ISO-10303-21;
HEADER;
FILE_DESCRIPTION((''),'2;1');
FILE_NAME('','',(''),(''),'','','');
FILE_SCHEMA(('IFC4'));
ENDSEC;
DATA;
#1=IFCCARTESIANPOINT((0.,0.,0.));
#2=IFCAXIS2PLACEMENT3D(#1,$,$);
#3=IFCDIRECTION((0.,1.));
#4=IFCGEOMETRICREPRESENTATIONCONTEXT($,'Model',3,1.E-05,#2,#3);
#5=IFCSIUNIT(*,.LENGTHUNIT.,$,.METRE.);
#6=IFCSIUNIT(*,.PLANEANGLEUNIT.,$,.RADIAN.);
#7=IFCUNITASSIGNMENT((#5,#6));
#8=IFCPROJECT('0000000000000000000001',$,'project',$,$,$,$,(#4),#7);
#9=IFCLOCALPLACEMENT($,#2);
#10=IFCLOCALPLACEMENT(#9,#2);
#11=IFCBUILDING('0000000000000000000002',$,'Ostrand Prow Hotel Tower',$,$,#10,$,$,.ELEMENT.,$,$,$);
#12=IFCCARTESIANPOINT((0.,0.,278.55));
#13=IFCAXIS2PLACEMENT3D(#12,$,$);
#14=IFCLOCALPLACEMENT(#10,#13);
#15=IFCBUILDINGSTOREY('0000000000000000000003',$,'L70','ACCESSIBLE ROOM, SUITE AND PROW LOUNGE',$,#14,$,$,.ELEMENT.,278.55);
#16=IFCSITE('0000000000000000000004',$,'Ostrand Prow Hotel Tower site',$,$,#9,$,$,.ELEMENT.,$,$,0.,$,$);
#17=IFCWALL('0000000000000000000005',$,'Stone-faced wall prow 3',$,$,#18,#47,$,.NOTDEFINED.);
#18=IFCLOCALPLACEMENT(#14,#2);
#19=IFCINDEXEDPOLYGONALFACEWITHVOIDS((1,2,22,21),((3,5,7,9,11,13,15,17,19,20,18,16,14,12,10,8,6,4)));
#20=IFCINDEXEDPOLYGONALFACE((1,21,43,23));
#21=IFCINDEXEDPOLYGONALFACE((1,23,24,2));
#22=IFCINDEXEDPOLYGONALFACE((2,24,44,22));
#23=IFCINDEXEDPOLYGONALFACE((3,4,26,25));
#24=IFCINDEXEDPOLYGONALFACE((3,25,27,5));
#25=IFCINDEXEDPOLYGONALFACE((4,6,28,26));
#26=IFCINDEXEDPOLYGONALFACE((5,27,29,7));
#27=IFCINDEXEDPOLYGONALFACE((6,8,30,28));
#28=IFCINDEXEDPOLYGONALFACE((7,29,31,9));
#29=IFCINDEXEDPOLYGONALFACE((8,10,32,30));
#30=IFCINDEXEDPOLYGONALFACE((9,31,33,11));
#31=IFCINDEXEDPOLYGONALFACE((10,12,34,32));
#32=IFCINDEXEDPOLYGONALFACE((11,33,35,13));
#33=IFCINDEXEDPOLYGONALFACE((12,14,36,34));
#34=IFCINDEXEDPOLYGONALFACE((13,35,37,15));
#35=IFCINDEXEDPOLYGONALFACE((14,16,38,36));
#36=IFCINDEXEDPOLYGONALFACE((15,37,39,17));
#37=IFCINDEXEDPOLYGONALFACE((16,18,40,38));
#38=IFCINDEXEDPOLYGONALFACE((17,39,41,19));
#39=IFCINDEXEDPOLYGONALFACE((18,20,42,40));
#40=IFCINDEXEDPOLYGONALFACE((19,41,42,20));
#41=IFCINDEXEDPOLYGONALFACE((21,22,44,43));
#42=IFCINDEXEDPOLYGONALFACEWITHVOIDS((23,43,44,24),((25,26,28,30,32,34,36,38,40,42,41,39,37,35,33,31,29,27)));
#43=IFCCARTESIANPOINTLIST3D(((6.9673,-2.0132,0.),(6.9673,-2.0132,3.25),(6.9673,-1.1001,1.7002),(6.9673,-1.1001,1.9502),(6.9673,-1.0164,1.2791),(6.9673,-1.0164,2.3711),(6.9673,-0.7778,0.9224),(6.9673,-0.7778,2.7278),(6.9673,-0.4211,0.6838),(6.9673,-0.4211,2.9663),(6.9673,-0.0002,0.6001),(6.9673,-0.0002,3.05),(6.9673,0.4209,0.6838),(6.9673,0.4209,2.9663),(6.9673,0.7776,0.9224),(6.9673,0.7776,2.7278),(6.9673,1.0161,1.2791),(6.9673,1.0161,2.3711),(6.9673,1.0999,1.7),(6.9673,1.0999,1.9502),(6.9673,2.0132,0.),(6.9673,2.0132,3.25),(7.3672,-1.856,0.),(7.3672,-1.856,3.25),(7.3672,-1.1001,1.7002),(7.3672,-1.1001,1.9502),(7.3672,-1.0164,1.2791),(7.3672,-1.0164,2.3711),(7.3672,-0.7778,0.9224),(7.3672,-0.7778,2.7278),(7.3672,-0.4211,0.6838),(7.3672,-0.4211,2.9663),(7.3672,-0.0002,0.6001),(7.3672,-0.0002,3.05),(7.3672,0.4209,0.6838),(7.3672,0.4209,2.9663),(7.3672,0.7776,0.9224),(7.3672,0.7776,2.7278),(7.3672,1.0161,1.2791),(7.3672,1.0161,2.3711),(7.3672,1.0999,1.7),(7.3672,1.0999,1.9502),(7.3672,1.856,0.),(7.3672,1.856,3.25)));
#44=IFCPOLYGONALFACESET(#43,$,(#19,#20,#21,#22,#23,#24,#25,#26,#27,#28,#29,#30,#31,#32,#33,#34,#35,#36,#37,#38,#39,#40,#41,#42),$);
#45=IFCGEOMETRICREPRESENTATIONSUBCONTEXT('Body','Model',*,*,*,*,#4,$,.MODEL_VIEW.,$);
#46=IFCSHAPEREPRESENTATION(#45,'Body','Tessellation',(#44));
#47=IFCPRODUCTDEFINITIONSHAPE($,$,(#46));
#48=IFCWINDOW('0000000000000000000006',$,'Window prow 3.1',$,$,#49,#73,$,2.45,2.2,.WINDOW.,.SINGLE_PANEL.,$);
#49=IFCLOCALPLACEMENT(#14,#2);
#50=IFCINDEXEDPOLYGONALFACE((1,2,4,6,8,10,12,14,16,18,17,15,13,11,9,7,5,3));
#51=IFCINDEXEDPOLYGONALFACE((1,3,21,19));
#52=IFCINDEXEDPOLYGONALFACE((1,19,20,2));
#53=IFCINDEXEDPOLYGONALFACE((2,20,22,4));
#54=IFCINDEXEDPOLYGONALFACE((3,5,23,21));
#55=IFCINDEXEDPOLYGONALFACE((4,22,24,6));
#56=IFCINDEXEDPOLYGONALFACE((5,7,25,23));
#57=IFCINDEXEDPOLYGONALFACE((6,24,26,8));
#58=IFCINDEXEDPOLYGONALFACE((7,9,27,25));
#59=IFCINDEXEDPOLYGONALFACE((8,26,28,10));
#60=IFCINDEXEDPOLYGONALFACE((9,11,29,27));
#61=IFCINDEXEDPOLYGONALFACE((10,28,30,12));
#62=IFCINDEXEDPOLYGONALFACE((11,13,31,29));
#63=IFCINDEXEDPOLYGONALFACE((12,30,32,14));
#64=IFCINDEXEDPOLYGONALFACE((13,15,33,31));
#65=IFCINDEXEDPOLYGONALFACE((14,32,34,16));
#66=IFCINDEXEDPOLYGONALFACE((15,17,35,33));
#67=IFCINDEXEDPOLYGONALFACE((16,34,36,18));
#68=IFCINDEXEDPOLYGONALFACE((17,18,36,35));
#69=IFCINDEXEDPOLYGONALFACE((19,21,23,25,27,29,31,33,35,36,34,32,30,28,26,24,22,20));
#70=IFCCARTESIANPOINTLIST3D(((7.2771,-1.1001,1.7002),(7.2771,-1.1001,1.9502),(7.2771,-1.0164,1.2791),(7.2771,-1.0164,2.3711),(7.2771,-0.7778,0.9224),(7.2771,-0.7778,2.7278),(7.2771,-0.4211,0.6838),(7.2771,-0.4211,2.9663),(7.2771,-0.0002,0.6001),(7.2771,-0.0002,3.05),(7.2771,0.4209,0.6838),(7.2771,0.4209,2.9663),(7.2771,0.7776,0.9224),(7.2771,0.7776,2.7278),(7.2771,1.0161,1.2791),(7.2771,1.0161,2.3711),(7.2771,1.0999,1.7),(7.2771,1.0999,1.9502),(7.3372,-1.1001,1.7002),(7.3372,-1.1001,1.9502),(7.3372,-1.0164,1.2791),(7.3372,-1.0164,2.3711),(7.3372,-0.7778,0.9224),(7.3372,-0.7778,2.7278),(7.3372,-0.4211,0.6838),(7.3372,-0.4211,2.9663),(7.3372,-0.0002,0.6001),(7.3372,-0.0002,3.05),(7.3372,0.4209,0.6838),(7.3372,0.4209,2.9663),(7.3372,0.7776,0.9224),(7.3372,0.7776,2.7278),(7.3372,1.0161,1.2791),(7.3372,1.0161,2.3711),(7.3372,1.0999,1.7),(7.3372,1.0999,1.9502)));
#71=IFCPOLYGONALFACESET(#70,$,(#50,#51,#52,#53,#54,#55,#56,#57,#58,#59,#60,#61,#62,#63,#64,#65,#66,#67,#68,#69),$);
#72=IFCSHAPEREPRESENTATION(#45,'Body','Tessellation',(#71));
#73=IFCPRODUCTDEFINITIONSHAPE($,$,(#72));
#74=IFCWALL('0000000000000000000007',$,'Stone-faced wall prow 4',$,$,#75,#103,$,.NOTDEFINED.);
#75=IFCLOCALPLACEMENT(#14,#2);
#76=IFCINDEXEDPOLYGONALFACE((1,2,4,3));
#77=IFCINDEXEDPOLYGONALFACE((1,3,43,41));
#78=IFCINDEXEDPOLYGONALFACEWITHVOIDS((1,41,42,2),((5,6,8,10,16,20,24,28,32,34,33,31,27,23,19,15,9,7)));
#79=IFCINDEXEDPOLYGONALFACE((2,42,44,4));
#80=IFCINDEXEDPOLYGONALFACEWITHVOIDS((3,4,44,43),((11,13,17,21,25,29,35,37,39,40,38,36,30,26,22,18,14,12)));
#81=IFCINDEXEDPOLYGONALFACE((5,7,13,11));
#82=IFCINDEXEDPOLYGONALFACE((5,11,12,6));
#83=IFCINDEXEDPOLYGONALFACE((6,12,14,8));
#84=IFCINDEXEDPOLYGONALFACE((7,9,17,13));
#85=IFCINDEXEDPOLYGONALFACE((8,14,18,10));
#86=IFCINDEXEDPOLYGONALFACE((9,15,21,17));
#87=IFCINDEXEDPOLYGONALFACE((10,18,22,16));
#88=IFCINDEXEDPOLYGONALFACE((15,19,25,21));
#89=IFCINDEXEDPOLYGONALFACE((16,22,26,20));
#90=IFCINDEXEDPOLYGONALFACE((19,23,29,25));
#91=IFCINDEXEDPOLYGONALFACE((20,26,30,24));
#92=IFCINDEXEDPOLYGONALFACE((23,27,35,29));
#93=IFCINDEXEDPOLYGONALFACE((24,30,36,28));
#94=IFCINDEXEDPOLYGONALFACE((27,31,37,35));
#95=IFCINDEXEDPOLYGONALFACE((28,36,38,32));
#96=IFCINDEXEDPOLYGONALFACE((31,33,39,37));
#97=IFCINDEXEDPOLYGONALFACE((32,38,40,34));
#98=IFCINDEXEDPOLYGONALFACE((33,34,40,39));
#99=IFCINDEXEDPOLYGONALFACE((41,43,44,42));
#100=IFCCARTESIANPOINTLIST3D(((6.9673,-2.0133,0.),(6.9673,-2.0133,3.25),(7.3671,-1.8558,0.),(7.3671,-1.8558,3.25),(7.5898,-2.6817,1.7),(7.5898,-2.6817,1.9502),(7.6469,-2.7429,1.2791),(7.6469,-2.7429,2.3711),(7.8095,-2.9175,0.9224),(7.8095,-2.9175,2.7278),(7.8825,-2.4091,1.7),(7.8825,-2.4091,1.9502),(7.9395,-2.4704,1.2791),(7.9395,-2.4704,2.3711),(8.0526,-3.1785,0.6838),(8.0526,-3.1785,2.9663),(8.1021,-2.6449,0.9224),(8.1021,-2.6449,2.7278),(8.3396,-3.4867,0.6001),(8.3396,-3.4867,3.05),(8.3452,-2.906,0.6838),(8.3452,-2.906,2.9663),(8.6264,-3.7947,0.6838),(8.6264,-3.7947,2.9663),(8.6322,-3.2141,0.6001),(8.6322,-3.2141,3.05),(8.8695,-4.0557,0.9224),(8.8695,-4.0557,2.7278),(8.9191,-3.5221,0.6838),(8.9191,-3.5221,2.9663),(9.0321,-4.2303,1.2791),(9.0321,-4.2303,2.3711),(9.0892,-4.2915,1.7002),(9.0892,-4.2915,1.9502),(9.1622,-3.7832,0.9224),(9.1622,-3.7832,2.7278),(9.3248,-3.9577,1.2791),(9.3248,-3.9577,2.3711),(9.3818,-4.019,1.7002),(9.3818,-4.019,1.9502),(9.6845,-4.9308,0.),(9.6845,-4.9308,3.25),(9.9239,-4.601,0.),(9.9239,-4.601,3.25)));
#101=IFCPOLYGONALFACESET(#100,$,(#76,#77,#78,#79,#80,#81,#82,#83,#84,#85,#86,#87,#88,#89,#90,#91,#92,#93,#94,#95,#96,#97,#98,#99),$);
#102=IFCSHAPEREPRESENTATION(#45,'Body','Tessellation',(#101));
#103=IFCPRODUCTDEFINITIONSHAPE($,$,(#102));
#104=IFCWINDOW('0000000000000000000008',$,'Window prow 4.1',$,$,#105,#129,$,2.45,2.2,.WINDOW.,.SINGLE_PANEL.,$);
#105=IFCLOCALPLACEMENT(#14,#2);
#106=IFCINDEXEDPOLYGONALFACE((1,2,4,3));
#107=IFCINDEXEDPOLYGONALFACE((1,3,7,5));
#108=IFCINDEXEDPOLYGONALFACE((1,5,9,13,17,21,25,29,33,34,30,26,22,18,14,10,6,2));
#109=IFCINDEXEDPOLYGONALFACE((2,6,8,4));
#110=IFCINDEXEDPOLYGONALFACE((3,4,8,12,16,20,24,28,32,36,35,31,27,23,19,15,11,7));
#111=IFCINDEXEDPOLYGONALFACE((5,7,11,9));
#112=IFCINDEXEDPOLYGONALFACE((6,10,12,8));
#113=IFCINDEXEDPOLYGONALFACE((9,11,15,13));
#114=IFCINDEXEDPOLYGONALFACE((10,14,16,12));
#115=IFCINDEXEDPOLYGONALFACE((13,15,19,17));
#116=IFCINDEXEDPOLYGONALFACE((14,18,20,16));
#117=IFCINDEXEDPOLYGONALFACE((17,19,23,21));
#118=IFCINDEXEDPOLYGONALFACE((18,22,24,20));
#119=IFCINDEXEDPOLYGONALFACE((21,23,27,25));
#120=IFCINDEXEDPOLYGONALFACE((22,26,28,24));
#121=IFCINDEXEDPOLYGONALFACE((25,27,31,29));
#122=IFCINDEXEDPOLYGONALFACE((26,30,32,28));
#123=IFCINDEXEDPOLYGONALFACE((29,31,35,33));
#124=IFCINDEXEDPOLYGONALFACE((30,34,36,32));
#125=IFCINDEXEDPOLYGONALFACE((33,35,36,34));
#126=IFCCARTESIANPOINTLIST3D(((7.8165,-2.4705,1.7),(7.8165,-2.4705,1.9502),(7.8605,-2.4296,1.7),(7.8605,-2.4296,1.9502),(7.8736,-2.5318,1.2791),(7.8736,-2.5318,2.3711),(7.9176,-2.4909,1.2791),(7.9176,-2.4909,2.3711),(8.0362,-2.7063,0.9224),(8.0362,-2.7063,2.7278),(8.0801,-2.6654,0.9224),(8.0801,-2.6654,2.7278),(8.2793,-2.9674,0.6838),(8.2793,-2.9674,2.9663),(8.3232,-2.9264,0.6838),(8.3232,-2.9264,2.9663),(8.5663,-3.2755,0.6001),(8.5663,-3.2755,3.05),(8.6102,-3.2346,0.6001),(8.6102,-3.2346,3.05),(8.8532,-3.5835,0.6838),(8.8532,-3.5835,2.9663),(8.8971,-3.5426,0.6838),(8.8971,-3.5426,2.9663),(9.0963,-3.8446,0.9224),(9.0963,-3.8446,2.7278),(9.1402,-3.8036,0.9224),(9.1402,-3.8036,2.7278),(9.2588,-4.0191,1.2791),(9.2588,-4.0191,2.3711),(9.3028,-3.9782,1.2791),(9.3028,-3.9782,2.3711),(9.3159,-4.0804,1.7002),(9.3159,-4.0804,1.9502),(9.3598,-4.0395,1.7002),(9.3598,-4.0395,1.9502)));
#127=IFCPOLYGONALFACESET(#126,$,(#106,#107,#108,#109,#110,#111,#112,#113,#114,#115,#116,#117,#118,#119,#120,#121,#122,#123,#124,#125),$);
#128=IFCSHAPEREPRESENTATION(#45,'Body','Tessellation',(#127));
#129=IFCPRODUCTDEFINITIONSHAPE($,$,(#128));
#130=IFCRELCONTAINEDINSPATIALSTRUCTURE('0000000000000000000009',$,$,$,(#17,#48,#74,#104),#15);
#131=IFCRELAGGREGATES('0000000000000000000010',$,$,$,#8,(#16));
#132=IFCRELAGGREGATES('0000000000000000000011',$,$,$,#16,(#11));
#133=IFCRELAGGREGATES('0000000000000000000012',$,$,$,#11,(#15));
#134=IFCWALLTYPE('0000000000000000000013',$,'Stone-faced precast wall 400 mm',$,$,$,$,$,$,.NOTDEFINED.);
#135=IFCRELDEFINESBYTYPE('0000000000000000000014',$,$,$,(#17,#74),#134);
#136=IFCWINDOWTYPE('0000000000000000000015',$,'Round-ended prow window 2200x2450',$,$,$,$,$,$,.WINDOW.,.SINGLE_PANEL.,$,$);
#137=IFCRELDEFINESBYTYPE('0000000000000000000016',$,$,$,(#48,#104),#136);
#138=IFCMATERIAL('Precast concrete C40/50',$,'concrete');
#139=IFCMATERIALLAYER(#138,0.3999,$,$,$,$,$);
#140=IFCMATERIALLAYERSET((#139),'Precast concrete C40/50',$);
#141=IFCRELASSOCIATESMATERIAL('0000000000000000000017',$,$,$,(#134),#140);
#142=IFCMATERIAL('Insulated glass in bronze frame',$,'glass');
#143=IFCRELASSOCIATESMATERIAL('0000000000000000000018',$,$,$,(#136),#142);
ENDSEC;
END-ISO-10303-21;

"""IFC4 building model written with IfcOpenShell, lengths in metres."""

from ifc_helpers import new_model, si_unit, direction, frame, origin, place, context, subcontext, project, spatial, polyline, outline, extrude, material, layer, layer_set, type_object, element, fill, save


model = new_model("IFC4")

# Units and contexts
model_context = context("Model", 3, precision=1e-05, world=origin(), true_north=direction((0.0, 1.0)))
body_context = subcontext(model_context, "Body", "Model", "MODEL_VIEW")
ifc_project = project(units=[si_unit("LENGTHUNIT", "METRE"), si_unit("PLANEANGLEUNIT", "RADIAN")], contexts=[model_context])

# Site, building, storey
site_placement = place(None, origin())
site = spatial("IfcSite", under=ifc_project, at=site_placement, Name="Ostrand Prow Hotel Tower site", CompositionType="ELEMENT", RefElevation=0.0)
building_placement = place(site_placement, origin())
building = spatial("IfcBuilding", under=site, at=building_placement, Name="Ostrand Prow Hotel Tower", CompositionType="ELEMENT")
storey_placement = place(building_placement, frame((0.0, 0.0, 278.55)))
storey = spatial("IfcBuildingStorey", under=building, at=storey_placement, Name="L70", Description="ACCESSIBLE ROOM, SUITE AND PROW LOUNGE", CompositionType="ELEMENT", Elevation=278.55)

# Walls, openings, windows
ifc_material_1 = material(Name="Precast concrete C40/50", Category="concrete")
ifc_layer_1 = layer(ifc_material_1, 0.3999)
ifc_layer_set_1 = layer_set([ifc_layer_1], Name="Precast concrete C40/50")
wall_type_1 = type_object("IfcWallType", Name="Stone-faced precast wall 400 mm", PredefinedType="NOTDEFINED", material=ifc_layer_set_1)
ifc_material_2 = material(Name="Insulated glass in bronze frame", Category="glass")
window_type = type_object("IfcWindowType", Name="Round-ended prow window 2200x2450", PartitioningType="SINGLE_PANEL", PredefinedType="WINDOW", material=ifc_material_2)
wall_1_placement = place(storey_placement, frame((7.1672, 1.9346, 0.0), z_axis=(0.0, 0.0, 1.0), x_axis=(0.0, -1.0, 0.0)))
wall_1 = element("IfcWall", 1, at=wall_1_placement, inside=storey, type_object=wall_type_1, Name="Stone-faced wall prow 3", PredefinedType="NOTDEFINED", context=body_context, shape_type="SweptSolid", body=[
    extrude(outline(polyline([(-0.0786, -0.2), (3.9478, -0.2), (3.7905, 0.2), (0.0786, 0.2), (-0.0786, -0.2)])), origin(), (0.0, 0.0, 1.0), 3.25),
])
opening_1_placement = place(wall_1_placement, frame((0.8347, 0.0, 0.6001)))
opening_1 = element("IfcOpeningElement", 2, at=opening_1_placement, cuts=wall_1, PredefinedType="OPENING", context=body_context, shape_type="SweptSolid", body=[
    extrude(outline(polyline([(0.0, 1.3501), (0.0837, 1.771), (0.3223, 2.1277), (0.679, 2.3662), (1.1001, 2.45), (1.521, 2.3662), (1.8777, 2.1277), (2.1162, 1.771), (2.2, 1.3501), (2.2, 1.1001), (2.1162, 0.679), (1.8777, 0.3223), (1.521, 0.0837), (1.1001, 0.0), (0.679, 0.0837), (0.3223, 0.3223), (0.0837, 0.679), (0.0, 1.0999), (0.0, 1.3501)])), frame((0.0, 0.21, 0.0), z_axis=(0.0, -1.0, 0.0), x_axis=(1.0, 0.0, 0.0)), (0.0, 0.0, 1.0), 0.4199),
])
window_1_placement = place(opening_1_placement, origin())
window_1 = element("IfcWindow", 3, at=window_1_placement, inside=storey, type_object=window_type, Name="Window prow 3.1", OverallHeight=2.45, OverallWidth=2.2, PartitioningType="SINGLE_PANEL", PredefinedType="WINDOW", context=body_context, shape_type="SweptSolid", body=[
    extrude(outline(polyline([(0.0, 1.3501), (0.0837, 1.771), (0.3223, 2.1277), (0.679, 2.3662), (1.1001, 2.45), (1.521, 2.3662), (1.8777, 2.1277), (2.1162, 1.771), (2.2, 1.3501), (2.2, 1.1001), (2.1162, 0.679), (1.8777, 0.3223), (1.521, 0.0837), (1.1001, 0.0), (0.679, 0.0837), (0.3223, 0.3223), (0.0837, 0.679), (0.0, 1.0999), (0.0, 1.3501)])), frame((0.0, 0.1699, 0.0), z_axis=(0.0, -1.0, 0.0), x_axis=(1.0, 0.0, 0.0)), (0.0, 0.0, 1.0), 0.0601),
])
fill(opening_1, window_1)
wall_2_placement = place(storey_placement, frame((7.1672, -1.9346, 0.0), z_axis=(0.0, 0.0, 1.0), x_axis=(0.681547, -0.731775, 0.0)))
wall_2 = element("IfcWall", 4, at=wall_2_placement, inside=storey, type_object=wall_type_1, Name="Stone-faced wall prow 4", PredefinedType="NOTDEFINED", context=body_context, shape_type="SweptSolid", body=[
    extrude(outline(polyline([(-0.0786, -0.2), (3.9082, -0.2), (3.8301, 0.2), (0.0786, 0.2), (-0.0786, -0.2)])), origin(), (0.0, 0.0, 1.0), 3.25),
])
opening_2_placement = place(wall_2_placement, frame((0.8347, 0.0, 0.6001)))
opening_2 = element("IfcOpeningElement", 5, at=opening_2_placement, cuts=wall_2, PredefinedType="OPENING", context=body_context, shape_type="SweptSolid", body=[
    extrude(outline(polyline([(0.0, 1.3501), (0.0837, 1.771), (0.3223, 2.1277), (0.679, 2.3662), (1.1001, 2.45), (1.521, 2.3662), (1.8777, 2.1277), (2.1162, 1.771), (2.2, 1.3501), (2.2, 1.1001), (2.1162, 0.679), (1.8777, 0.3223), (1.521, 0.0837), (1.1001, 0.0), (0.679, 0.0837), (0.3223, 0.3223), (0.0837, 0.679), (0.0, 1.0999), (0.0, 1.3501)])), frame((0.0, 0.21, 0.0), z_axis=(0.0, -1.0, 0.0), x_axis=(1.0, 0.0, 0.0)), (0.0, 0.0, 1.0), 0.4199),
])
window_2_placement = place(opening_2_placement, origin())
window_2 = element("IfcWindow", 6, at=window_2_placement, inside=storey, type_object=window_type, Name="Window prow 4.1", OverallHeight=2.45, OverallWidth=2.2, PartitioningType="SINGLE_PANEL", PredefinedType="WINDOW", context=body_context, shape_type="SweptSolid", body=[
    extrude(outline(polyline([(0.0, 1.3501), (0.0837, 1.771), (0.3223, 2.1277), (0.679, 2.3662), (1.1001, 2.45), (1.521, 2.3662), (1.8777, 2.1277), (2.1162, 1.771), (2.2, 1.3501), (2.2, 1.1001), (2.1162, 0.679), (1.8777, 0.3223), (1.521, 0.0837), (1.1001, 0.0), (0.679, 0.0837), (0.3223, 0.3223), (0.0837, 0.679), (0.0, 1.0999), (0.0, 1.3501)])), frame((0.0, 0.1699, 0.0), z_axis=(0.0, -1.0, 0.0), x_axis=(1.0, 0.0, 0.0)), (0.0, 0.0, 1.0), 0.0601),
])
fill(opening_2, window_2)

save(model, "model.ifc")
